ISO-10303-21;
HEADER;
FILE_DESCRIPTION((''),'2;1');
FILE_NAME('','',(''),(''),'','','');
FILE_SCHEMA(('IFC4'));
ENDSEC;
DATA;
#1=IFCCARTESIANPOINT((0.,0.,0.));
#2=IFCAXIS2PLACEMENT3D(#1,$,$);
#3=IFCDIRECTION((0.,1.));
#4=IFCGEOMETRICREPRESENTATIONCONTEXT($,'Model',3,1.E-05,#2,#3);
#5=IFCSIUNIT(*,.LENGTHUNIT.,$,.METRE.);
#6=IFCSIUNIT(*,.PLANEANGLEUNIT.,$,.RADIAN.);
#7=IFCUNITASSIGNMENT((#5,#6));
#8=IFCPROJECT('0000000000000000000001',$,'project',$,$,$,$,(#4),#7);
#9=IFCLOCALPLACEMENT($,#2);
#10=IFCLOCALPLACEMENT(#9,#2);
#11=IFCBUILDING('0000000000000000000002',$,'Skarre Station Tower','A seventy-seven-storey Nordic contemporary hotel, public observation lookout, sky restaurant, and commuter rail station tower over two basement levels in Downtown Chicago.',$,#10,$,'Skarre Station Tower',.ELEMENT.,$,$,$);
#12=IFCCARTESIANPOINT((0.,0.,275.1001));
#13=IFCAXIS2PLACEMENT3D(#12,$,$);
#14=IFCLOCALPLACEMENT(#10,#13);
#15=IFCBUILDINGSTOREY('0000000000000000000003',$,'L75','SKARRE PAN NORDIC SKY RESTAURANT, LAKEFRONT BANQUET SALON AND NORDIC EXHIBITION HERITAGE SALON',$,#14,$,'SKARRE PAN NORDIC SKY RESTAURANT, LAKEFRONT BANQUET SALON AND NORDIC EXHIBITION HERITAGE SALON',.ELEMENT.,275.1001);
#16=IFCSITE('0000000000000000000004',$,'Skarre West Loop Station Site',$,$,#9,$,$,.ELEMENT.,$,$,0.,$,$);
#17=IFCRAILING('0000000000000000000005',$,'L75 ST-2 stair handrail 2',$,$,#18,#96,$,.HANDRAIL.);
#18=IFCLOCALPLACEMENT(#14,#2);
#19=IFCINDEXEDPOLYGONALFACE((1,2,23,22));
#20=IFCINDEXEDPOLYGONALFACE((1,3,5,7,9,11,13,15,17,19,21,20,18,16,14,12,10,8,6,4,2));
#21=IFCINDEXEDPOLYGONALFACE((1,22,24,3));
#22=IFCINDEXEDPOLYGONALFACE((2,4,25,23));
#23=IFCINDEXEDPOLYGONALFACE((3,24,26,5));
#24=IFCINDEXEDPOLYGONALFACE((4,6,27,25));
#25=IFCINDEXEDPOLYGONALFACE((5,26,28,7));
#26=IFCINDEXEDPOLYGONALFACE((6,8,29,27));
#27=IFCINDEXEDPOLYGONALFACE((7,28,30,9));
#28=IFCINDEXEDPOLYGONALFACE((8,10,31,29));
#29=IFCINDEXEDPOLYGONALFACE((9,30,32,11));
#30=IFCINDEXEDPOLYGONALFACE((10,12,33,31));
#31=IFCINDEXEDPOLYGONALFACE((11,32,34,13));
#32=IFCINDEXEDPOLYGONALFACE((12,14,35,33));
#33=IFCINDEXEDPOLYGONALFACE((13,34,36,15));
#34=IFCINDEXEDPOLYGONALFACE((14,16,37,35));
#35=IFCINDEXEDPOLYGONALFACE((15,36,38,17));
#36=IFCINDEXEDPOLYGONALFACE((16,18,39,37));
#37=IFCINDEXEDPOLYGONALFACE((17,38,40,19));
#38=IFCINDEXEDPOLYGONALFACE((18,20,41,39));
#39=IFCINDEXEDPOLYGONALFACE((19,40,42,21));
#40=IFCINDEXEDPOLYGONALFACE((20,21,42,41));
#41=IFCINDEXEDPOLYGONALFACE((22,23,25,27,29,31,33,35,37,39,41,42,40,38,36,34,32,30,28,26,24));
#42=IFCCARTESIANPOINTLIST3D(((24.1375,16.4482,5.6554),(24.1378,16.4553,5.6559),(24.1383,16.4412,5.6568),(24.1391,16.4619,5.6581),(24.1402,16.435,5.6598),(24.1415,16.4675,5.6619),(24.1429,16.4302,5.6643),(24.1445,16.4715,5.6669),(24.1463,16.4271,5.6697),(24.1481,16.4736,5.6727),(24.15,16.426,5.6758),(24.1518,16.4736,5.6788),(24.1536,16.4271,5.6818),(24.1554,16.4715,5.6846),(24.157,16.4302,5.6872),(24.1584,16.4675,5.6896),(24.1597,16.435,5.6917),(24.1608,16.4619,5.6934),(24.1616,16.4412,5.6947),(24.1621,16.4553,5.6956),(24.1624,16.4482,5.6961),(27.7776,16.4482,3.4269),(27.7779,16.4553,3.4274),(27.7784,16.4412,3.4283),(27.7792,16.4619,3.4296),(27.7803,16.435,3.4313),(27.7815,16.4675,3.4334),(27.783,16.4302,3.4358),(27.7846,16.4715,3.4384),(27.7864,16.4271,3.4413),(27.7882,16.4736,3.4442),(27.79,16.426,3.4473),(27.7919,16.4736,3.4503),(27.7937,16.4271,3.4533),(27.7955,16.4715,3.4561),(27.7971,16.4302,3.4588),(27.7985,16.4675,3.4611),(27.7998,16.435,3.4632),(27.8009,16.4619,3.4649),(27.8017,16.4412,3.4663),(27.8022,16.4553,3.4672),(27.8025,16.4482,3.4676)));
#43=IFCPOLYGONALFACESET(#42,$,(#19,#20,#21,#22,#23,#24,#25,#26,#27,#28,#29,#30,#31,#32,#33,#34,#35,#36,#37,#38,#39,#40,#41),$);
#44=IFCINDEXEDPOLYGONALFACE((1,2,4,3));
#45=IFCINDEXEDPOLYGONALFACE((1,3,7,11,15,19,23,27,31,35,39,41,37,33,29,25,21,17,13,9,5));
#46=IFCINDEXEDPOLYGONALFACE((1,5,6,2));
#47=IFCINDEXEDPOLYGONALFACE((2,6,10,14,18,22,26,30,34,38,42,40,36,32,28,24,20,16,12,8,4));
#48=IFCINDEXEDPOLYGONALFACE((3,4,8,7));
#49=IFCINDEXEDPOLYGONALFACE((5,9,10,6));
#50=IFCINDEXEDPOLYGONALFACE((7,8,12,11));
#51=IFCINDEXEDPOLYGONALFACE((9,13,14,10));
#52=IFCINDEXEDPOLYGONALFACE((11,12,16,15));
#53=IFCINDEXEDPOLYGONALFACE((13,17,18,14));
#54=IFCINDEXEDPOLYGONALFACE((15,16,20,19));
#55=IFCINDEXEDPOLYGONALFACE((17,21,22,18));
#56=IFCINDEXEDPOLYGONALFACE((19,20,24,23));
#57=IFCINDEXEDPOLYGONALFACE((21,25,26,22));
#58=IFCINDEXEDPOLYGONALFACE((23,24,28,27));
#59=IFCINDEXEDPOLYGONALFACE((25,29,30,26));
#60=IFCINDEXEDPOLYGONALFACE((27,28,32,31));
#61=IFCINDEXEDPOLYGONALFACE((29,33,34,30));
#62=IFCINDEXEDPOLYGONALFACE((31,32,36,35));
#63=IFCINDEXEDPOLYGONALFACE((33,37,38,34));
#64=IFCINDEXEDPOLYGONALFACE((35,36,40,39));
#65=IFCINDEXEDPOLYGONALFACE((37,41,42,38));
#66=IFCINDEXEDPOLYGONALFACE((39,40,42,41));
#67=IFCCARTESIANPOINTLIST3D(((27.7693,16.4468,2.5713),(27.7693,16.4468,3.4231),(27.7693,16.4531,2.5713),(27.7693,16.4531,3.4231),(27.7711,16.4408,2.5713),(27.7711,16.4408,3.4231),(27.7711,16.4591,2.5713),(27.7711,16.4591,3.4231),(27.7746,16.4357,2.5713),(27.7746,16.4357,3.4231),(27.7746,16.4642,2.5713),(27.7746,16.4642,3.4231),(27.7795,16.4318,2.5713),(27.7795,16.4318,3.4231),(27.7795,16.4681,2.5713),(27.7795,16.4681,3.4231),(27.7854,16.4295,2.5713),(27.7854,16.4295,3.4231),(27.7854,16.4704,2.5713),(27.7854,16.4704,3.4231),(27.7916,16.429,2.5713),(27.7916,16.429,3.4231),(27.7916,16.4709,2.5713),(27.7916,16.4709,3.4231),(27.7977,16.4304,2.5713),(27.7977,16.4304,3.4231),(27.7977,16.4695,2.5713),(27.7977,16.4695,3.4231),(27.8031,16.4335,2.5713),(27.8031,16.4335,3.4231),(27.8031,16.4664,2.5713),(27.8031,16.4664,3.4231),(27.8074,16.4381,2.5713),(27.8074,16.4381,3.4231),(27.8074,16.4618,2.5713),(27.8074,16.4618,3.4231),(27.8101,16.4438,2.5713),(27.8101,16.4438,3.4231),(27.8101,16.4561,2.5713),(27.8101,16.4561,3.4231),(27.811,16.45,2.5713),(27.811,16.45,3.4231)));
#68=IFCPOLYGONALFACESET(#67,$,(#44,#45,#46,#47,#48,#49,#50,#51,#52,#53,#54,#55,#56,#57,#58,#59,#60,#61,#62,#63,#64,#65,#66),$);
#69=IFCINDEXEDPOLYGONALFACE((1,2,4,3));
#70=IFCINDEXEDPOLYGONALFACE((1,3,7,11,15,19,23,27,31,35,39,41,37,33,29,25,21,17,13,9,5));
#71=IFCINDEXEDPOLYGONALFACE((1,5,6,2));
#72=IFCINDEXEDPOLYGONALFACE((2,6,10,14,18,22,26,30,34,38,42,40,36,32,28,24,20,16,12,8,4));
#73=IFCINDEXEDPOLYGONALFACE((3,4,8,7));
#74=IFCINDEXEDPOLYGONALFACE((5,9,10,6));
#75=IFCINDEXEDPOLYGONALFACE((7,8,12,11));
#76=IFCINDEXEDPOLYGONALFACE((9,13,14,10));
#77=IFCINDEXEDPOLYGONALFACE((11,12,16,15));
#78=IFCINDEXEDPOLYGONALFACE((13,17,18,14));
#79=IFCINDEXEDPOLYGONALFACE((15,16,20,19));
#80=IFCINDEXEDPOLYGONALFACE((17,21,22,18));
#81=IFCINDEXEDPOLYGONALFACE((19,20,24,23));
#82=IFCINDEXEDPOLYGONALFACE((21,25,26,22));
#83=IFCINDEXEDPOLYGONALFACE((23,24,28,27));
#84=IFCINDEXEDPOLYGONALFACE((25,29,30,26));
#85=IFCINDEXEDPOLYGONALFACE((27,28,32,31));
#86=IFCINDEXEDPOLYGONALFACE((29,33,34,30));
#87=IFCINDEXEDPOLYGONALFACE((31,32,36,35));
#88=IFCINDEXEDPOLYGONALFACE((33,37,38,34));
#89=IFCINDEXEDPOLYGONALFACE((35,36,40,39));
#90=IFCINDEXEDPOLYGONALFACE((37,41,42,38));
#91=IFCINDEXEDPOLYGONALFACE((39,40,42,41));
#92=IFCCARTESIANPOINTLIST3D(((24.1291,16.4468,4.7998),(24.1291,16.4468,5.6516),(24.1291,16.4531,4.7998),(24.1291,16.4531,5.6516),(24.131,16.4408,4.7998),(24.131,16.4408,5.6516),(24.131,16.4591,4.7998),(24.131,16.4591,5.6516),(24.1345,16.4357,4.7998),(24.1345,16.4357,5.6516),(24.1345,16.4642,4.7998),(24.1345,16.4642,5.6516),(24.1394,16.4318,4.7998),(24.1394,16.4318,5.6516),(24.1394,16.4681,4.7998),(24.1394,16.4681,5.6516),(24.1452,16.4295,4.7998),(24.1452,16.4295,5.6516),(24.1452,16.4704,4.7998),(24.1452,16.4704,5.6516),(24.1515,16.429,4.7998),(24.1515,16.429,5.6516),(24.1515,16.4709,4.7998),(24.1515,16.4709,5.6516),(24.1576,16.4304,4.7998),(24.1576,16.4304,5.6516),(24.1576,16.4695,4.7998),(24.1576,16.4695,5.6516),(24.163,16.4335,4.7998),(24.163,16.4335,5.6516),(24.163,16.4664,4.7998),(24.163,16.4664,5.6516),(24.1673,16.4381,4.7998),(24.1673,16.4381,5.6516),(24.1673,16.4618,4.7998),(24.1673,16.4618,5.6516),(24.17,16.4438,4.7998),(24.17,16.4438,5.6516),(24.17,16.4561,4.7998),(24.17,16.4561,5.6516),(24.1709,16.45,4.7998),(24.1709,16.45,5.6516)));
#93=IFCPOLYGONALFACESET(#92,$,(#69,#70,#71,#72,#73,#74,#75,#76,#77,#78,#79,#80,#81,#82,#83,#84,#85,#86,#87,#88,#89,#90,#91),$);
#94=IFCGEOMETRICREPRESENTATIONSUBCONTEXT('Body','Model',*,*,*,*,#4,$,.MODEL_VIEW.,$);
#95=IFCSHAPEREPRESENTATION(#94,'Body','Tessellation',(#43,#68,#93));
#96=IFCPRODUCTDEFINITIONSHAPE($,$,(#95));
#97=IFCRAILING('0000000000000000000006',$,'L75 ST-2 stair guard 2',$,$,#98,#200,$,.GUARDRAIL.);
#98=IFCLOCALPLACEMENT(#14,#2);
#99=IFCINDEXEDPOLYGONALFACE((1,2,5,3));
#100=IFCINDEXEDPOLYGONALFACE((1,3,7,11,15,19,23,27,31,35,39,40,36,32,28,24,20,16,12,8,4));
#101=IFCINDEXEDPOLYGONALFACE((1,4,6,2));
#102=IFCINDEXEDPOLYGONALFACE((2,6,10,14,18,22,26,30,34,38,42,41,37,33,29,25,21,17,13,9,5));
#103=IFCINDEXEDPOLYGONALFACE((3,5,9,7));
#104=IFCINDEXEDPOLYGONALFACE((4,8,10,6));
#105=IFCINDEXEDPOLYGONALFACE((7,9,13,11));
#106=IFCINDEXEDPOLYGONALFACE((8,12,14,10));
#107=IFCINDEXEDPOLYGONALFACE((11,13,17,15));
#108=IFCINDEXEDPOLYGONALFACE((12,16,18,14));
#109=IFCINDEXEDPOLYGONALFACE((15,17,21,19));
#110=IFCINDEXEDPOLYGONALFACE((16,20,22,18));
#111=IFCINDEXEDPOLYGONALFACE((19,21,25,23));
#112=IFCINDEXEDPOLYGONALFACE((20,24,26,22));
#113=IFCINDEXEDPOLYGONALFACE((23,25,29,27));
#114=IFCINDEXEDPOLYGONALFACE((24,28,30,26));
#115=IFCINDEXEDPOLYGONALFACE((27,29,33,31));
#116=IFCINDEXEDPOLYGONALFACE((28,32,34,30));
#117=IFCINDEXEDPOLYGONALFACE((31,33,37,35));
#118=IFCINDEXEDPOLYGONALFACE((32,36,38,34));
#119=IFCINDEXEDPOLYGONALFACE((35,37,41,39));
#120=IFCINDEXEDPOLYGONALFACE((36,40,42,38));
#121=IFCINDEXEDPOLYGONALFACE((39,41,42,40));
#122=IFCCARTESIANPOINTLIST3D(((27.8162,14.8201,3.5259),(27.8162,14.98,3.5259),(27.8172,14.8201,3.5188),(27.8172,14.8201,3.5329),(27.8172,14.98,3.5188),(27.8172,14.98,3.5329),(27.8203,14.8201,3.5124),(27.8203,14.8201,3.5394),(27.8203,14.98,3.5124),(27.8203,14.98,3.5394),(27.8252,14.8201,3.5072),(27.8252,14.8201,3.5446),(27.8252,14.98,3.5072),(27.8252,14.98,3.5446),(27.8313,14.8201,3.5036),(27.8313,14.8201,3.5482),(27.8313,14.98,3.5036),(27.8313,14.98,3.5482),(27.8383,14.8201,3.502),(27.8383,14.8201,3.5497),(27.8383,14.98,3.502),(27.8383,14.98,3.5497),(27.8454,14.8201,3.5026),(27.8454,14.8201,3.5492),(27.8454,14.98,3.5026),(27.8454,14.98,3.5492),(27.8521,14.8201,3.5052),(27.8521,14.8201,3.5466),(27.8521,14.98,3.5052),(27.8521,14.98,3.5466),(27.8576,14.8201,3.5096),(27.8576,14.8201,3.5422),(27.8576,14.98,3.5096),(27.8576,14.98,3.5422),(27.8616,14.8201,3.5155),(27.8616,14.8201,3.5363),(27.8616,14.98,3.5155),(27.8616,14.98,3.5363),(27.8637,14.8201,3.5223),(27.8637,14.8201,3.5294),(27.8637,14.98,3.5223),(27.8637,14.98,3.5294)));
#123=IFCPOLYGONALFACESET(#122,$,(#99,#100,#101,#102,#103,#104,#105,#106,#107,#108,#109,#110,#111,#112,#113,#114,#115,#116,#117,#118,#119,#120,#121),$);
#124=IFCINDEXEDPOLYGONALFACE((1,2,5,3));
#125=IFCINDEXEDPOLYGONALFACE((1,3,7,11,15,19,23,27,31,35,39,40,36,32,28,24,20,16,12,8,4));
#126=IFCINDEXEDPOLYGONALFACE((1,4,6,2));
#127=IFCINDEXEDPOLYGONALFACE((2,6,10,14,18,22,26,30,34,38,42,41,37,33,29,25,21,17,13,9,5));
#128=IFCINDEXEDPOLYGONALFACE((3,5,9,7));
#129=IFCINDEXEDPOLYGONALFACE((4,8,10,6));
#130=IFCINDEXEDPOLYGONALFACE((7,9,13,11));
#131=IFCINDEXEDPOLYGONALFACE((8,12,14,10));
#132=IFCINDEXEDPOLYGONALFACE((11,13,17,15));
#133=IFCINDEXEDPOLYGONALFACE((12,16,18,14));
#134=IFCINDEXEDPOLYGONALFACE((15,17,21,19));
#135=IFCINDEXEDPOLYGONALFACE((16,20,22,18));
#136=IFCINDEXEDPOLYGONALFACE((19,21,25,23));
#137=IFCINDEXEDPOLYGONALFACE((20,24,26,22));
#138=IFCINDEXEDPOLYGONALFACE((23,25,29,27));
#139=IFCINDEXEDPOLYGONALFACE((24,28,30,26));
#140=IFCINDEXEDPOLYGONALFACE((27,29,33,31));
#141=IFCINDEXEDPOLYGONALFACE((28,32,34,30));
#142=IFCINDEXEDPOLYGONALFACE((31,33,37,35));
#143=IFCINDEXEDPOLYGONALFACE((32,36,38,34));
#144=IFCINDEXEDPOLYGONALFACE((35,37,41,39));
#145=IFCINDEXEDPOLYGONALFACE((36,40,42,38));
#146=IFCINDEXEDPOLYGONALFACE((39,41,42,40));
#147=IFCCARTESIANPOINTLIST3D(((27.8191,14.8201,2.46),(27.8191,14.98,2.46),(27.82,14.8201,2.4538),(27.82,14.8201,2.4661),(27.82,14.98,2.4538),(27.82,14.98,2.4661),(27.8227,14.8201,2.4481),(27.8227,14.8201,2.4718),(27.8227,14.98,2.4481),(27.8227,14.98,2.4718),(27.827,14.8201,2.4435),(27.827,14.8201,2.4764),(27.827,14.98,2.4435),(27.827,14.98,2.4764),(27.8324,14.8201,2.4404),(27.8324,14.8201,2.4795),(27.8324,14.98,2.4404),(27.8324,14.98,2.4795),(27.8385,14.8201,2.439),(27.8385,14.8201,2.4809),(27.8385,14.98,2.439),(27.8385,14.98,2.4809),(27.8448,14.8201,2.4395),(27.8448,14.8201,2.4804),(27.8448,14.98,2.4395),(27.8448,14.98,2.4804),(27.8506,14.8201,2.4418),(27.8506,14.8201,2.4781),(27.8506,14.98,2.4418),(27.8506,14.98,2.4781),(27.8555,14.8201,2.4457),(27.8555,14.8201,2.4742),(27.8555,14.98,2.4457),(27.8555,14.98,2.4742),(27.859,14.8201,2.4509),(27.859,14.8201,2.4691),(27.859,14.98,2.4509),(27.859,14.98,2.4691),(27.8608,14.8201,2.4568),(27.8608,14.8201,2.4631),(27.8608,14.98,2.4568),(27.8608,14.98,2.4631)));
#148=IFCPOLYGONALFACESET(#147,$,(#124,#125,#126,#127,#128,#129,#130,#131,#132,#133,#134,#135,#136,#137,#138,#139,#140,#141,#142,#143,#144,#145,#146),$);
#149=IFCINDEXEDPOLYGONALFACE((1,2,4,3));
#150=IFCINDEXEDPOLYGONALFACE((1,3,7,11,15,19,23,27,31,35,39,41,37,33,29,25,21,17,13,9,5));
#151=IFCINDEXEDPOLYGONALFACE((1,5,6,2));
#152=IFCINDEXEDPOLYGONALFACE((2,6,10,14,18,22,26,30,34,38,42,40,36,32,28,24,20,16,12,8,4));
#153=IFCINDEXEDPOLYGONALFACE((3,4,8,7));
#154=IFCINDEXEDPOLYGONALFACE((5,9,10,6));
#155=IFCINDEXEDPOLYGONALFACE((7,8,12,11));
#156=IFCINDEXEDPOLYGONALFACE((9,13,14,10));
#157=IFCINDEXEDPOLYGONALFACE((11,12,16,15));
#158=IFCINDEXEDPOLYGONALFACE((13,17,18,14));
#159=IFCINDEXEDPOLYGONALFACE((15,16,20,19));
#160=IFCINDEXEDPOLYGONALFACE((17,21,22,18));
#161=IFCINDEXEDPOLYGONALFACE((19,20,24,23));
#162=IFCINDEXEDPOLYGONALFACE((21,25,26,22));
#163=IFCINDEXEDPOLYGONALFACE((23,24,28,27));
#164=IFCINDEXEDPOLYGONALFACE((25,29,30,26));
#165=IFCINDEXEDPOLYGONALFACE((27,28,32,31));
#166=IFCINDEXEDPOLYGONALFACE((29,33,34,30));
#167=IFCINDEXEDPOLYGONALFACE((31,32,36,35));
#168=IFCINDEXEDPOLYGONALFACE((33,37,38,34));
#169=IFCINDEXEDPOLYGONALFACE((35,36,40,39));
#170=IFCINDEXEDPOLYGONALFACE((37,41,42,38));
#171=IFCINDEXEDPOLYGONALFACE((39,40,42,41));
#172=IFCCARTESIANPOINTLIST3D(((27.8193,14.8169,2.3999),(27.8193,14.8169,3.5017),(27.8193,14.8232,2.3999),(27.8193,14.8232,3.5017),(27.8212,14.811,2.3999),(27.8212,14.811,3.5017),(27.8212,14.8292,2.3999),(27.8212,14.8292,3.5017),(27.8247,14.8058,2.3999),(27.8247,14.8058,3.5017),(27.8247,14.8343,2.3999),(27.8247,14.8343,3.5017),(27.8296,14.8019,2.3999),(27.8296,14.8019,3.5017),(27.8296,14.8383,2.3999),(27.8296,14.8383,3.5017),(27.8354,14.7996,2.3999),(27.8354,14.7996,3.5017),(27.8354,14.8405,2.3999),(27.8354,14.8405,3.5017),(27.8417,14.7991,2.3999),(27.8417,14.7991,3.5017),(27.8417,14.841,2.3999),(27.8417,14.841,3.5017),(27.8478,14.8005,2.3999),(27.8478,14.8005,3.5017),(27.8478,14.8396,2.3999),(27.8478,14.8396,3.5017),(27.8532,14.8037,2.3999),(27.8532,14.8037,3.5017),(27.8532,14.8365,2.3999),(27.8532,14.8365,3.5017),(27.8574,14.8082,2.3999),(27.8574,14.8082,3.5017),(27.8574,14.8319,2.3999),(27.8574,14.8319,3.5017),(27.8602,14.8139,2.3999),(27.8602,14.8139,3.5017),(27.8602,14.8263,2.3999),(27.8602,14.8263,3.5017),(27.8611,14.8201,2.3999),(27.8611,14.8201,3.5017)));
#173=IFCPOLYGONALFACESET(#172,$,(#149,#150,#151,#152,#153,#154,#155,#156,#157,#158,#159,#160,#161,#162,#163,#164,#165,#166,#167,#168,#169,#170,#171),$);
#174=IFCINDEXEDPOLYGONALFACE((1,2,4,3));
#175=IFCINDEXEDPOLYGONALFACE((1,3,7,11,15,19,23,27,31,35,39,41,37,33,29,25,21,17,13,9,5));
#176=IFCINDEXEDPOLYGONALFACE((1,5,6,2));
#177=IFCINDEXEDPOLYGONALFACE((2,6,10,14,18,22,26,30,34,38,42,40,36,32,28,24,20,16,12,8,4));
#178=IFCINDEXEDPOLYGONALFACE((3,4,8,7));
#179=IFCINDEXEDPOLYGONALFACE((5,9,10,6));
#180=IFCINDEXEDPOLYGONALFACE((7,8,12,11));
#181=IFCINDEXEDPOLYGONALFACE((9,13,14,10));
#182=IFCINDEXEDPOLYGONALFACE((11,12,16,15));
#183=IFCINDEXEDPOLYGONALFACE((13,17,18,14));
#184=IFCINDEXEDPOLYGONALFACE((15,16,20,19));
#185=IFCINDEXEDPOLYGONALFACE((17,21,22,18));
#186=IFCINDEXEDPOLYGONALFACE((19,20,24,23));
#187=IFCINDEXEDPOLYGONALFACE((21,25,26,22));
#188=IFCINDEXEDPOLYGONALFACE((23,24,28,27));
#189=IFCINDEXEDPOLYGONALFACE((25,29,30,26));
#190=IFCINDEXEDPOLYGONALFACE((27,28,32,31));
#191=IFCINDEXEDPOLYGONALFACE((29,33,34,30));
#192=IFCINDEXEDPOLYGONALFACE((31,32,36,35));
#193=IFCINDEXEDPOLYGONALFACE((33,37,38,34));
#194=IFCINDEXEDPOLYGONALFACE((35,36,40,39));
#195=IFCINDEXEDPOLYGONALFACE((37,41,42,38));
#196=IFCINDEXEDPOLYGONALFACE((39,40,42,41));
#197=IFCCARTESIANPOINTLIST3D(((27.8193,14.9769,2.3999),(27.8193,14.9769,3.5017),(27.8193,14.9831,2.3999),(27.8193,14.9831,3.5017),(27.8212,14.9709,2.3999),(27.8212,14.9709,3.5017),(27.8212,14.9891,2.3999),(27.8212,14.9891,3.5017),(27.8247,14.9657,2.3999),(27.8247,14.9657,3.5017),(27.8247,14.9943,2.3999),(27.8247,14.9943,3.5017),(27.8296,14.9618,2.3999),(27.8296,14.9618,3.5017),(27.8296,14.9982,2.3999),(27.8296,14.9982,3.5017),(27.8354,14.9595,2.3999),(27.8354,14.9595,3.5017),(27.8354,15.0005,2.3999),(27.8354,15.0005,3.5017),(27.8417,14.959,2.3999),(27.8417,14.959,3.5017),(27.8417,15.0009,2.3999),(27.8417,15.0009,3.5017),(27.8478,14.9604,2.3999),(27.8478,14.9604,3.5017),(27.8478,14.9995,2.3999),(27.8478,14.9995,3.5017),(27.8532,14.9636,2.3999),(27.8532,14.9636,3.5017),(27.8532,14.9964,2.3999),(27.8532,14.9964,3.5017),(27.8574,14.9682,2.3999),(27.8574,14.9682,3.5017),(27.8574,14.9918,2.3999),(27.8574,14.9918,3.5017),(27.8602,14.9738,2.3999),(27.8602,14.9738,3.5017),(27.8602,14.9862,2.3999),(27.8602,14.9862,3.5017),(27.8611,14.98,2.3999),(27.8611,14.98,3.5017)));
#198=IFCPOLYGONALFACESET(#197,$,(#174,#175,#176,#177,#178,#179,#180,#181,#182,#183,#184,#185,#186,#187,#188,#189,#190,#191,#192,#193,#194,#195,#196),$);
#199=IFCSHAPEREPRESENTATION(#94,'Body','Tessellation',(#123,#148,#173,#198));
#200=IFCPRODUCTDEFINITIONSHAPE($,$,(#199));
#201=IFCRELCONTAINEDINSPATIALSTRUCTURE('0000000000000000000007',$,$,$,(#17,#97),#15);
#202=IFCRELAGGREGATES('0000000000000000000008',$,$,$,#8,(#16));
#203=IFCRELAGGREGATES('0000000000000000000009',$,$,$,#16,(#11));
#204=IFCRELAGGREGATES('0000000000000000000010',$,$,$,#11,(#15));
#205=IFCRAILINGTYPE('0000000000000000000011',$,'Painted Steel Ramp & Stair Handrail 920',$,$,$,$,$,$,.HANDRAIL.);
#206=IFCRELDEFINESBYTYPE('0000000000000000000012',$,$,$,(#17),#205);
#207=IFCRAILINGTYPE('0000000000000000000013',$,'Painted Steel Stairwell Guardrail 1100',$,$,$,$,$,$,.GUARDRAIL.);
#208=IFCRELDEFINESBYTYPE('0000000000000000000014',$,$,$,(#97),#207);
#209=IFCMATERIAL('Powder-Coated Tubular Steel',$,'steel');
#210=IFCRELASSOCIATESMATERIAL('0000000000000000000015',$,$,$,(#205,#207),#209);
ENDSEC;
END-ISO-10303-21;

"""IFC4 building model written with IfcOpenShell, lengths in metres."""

from ifc_helpers import new_model, si_unit, direction, frame, origin, origin_2d, place, context, subcontext, project, spatial, circle, extrude, material, type_object, element, save


model = new_model("IFC4")

# Units and contexts
model_context = context("Model", 3, precision=1e-05, world=origin(), true_north=direction((0.0, 1.0)))
body_context = subcontext(model_context, "Body", "Model", "MODEL_VIEW")
ifc_project = project(units=[si_unit("LENGTHUNIT", "METRE"), si_unit("PLANEANGLEUNIT", "RADIAN")], contexts=[model_context])

# Site, building, storey
site_placement = place(None, origin())
site = spatial("IfcSite", under=ifc_project, at=site_placement, Name="Skarre West Loop Station Site", CompositionType="ELEMENT", RefElevation=0.0)
building_placement = place(site_placement, origin())
building = spatial("IfcBuilding", under=site, at=building_placement, Name="Skarre Station Tower", Description="A seventy-seven-storey Nordic contemporary hotel, public observation lookout, sky restaurant, and commuter rail station tower over two basement levels in Downtown Chicago.", LongName="Skarre Station Tower", CompositionType="ELEMENT")
storey_placement = place(building_placement, frame((0.0, 0.0, 275.1001)))
storey = spatial("IfcBuildingStorey", under=building, at=storey_placement, Name="L75", Description="SKARRE PAN NORDIC SKY RESTAURANT, LAKEFRONT BANQUET SALON AND NORDIC EXHIBITION HERITAGE SALON", LongName="SKARRE PAN NORDIC SKY RESTAURANT, LAKEFRONT BANQUET SALON AND NORDIC EXHIBITION HERITAGE SALON", CompositionType="ELEMENT", Elevation=275.1001)

# Railings
ifc_material_1 = material(Name="Powder-Coated Tubular Steel", Category="steel")
railing_type_1 = type_object("IfcRailingType", Name="Painted Steel Ramp & Stair Handrail 920", PredefinedType="HANDRAIL", material=ifc_material_1)
railing_1_placement = place(storey_placement, frame((27.79, 16.45, 2.5713)))
element("IfcRailing", 1, at=railing_1_placement, inside=storey, type_object=railing_type_1, Name="L75 ST-2 stair handrail 2", PredefinedType="HANDRAIL", context=body_context, shape_type="SweptSolid", body=[
    extrude(circle(Radius=0.0239, at=origin_2d()), frame((0.0, 0.0, 0.876), z_axis=(-0.852866, 0.0, 0.52213), x_axis=(0.0, -1.0, 0.0)), (0.0, 0.0, 1.0), 4.2681),
    extrude(circle(Radius=0.021, at=origin_2d()), origin(), (0.0, 0.0, 1.0), 0.8518),
    extrude(circle(Radius=0.021, at=origin_2d()), frame((-3.6401, 0.0, 2.2285)), (0.0, 0.0, 1.0), 0.8518),
])
railing_type_2 = type_object("IfcRailingType", Name="Painted Steel Stairwell Guardrail 1100", PredefinedType="GUARDRAIL", material=ifc_material_1)
railing_2_placement = place(storey_placement, frame((27.8401, 14.8201, 2.3999)))
element("IfcRailing", 2, at=railing_2_placement, inside=storey, type_object=railing_type_2, Name="L75 ST-2 stair guard 2", PredefinedType="GUARDRAIL", context=body_context, shape_type="SweptSolid", body=[
    extrude(circle(Radius=0.0239, at=origin_2d()), frame((0.0, 0.0, 1.126), z_axis=(0.0, 1.0, 0.0), x_axis=(-1.0, 0.0, 0.0)), (0.0, 0.0, 1.0), 0.1599),
    extrude(circle(Radius=0.021, at=origin_2d()), frame((0.0, 0.0, 0.0601), z_axis=(0.0, 1.0, 0.0), x_axis=(-1.0, 0.0, 0.0)), (0.0, 0.0, 1.0), 0.1599),
    extrude(circle(Radius=0.021, at=origin_2d()), origin(), (0.0, 0.0, 1.0), 1.1018),
    extrude(circle(Radius=0.021, at=origin_2d()), frame((0.0, 0.1599, 0.0)), (0.0, 0.0, 1.0), 1.1018),
])

save(model, "model.ifc")
